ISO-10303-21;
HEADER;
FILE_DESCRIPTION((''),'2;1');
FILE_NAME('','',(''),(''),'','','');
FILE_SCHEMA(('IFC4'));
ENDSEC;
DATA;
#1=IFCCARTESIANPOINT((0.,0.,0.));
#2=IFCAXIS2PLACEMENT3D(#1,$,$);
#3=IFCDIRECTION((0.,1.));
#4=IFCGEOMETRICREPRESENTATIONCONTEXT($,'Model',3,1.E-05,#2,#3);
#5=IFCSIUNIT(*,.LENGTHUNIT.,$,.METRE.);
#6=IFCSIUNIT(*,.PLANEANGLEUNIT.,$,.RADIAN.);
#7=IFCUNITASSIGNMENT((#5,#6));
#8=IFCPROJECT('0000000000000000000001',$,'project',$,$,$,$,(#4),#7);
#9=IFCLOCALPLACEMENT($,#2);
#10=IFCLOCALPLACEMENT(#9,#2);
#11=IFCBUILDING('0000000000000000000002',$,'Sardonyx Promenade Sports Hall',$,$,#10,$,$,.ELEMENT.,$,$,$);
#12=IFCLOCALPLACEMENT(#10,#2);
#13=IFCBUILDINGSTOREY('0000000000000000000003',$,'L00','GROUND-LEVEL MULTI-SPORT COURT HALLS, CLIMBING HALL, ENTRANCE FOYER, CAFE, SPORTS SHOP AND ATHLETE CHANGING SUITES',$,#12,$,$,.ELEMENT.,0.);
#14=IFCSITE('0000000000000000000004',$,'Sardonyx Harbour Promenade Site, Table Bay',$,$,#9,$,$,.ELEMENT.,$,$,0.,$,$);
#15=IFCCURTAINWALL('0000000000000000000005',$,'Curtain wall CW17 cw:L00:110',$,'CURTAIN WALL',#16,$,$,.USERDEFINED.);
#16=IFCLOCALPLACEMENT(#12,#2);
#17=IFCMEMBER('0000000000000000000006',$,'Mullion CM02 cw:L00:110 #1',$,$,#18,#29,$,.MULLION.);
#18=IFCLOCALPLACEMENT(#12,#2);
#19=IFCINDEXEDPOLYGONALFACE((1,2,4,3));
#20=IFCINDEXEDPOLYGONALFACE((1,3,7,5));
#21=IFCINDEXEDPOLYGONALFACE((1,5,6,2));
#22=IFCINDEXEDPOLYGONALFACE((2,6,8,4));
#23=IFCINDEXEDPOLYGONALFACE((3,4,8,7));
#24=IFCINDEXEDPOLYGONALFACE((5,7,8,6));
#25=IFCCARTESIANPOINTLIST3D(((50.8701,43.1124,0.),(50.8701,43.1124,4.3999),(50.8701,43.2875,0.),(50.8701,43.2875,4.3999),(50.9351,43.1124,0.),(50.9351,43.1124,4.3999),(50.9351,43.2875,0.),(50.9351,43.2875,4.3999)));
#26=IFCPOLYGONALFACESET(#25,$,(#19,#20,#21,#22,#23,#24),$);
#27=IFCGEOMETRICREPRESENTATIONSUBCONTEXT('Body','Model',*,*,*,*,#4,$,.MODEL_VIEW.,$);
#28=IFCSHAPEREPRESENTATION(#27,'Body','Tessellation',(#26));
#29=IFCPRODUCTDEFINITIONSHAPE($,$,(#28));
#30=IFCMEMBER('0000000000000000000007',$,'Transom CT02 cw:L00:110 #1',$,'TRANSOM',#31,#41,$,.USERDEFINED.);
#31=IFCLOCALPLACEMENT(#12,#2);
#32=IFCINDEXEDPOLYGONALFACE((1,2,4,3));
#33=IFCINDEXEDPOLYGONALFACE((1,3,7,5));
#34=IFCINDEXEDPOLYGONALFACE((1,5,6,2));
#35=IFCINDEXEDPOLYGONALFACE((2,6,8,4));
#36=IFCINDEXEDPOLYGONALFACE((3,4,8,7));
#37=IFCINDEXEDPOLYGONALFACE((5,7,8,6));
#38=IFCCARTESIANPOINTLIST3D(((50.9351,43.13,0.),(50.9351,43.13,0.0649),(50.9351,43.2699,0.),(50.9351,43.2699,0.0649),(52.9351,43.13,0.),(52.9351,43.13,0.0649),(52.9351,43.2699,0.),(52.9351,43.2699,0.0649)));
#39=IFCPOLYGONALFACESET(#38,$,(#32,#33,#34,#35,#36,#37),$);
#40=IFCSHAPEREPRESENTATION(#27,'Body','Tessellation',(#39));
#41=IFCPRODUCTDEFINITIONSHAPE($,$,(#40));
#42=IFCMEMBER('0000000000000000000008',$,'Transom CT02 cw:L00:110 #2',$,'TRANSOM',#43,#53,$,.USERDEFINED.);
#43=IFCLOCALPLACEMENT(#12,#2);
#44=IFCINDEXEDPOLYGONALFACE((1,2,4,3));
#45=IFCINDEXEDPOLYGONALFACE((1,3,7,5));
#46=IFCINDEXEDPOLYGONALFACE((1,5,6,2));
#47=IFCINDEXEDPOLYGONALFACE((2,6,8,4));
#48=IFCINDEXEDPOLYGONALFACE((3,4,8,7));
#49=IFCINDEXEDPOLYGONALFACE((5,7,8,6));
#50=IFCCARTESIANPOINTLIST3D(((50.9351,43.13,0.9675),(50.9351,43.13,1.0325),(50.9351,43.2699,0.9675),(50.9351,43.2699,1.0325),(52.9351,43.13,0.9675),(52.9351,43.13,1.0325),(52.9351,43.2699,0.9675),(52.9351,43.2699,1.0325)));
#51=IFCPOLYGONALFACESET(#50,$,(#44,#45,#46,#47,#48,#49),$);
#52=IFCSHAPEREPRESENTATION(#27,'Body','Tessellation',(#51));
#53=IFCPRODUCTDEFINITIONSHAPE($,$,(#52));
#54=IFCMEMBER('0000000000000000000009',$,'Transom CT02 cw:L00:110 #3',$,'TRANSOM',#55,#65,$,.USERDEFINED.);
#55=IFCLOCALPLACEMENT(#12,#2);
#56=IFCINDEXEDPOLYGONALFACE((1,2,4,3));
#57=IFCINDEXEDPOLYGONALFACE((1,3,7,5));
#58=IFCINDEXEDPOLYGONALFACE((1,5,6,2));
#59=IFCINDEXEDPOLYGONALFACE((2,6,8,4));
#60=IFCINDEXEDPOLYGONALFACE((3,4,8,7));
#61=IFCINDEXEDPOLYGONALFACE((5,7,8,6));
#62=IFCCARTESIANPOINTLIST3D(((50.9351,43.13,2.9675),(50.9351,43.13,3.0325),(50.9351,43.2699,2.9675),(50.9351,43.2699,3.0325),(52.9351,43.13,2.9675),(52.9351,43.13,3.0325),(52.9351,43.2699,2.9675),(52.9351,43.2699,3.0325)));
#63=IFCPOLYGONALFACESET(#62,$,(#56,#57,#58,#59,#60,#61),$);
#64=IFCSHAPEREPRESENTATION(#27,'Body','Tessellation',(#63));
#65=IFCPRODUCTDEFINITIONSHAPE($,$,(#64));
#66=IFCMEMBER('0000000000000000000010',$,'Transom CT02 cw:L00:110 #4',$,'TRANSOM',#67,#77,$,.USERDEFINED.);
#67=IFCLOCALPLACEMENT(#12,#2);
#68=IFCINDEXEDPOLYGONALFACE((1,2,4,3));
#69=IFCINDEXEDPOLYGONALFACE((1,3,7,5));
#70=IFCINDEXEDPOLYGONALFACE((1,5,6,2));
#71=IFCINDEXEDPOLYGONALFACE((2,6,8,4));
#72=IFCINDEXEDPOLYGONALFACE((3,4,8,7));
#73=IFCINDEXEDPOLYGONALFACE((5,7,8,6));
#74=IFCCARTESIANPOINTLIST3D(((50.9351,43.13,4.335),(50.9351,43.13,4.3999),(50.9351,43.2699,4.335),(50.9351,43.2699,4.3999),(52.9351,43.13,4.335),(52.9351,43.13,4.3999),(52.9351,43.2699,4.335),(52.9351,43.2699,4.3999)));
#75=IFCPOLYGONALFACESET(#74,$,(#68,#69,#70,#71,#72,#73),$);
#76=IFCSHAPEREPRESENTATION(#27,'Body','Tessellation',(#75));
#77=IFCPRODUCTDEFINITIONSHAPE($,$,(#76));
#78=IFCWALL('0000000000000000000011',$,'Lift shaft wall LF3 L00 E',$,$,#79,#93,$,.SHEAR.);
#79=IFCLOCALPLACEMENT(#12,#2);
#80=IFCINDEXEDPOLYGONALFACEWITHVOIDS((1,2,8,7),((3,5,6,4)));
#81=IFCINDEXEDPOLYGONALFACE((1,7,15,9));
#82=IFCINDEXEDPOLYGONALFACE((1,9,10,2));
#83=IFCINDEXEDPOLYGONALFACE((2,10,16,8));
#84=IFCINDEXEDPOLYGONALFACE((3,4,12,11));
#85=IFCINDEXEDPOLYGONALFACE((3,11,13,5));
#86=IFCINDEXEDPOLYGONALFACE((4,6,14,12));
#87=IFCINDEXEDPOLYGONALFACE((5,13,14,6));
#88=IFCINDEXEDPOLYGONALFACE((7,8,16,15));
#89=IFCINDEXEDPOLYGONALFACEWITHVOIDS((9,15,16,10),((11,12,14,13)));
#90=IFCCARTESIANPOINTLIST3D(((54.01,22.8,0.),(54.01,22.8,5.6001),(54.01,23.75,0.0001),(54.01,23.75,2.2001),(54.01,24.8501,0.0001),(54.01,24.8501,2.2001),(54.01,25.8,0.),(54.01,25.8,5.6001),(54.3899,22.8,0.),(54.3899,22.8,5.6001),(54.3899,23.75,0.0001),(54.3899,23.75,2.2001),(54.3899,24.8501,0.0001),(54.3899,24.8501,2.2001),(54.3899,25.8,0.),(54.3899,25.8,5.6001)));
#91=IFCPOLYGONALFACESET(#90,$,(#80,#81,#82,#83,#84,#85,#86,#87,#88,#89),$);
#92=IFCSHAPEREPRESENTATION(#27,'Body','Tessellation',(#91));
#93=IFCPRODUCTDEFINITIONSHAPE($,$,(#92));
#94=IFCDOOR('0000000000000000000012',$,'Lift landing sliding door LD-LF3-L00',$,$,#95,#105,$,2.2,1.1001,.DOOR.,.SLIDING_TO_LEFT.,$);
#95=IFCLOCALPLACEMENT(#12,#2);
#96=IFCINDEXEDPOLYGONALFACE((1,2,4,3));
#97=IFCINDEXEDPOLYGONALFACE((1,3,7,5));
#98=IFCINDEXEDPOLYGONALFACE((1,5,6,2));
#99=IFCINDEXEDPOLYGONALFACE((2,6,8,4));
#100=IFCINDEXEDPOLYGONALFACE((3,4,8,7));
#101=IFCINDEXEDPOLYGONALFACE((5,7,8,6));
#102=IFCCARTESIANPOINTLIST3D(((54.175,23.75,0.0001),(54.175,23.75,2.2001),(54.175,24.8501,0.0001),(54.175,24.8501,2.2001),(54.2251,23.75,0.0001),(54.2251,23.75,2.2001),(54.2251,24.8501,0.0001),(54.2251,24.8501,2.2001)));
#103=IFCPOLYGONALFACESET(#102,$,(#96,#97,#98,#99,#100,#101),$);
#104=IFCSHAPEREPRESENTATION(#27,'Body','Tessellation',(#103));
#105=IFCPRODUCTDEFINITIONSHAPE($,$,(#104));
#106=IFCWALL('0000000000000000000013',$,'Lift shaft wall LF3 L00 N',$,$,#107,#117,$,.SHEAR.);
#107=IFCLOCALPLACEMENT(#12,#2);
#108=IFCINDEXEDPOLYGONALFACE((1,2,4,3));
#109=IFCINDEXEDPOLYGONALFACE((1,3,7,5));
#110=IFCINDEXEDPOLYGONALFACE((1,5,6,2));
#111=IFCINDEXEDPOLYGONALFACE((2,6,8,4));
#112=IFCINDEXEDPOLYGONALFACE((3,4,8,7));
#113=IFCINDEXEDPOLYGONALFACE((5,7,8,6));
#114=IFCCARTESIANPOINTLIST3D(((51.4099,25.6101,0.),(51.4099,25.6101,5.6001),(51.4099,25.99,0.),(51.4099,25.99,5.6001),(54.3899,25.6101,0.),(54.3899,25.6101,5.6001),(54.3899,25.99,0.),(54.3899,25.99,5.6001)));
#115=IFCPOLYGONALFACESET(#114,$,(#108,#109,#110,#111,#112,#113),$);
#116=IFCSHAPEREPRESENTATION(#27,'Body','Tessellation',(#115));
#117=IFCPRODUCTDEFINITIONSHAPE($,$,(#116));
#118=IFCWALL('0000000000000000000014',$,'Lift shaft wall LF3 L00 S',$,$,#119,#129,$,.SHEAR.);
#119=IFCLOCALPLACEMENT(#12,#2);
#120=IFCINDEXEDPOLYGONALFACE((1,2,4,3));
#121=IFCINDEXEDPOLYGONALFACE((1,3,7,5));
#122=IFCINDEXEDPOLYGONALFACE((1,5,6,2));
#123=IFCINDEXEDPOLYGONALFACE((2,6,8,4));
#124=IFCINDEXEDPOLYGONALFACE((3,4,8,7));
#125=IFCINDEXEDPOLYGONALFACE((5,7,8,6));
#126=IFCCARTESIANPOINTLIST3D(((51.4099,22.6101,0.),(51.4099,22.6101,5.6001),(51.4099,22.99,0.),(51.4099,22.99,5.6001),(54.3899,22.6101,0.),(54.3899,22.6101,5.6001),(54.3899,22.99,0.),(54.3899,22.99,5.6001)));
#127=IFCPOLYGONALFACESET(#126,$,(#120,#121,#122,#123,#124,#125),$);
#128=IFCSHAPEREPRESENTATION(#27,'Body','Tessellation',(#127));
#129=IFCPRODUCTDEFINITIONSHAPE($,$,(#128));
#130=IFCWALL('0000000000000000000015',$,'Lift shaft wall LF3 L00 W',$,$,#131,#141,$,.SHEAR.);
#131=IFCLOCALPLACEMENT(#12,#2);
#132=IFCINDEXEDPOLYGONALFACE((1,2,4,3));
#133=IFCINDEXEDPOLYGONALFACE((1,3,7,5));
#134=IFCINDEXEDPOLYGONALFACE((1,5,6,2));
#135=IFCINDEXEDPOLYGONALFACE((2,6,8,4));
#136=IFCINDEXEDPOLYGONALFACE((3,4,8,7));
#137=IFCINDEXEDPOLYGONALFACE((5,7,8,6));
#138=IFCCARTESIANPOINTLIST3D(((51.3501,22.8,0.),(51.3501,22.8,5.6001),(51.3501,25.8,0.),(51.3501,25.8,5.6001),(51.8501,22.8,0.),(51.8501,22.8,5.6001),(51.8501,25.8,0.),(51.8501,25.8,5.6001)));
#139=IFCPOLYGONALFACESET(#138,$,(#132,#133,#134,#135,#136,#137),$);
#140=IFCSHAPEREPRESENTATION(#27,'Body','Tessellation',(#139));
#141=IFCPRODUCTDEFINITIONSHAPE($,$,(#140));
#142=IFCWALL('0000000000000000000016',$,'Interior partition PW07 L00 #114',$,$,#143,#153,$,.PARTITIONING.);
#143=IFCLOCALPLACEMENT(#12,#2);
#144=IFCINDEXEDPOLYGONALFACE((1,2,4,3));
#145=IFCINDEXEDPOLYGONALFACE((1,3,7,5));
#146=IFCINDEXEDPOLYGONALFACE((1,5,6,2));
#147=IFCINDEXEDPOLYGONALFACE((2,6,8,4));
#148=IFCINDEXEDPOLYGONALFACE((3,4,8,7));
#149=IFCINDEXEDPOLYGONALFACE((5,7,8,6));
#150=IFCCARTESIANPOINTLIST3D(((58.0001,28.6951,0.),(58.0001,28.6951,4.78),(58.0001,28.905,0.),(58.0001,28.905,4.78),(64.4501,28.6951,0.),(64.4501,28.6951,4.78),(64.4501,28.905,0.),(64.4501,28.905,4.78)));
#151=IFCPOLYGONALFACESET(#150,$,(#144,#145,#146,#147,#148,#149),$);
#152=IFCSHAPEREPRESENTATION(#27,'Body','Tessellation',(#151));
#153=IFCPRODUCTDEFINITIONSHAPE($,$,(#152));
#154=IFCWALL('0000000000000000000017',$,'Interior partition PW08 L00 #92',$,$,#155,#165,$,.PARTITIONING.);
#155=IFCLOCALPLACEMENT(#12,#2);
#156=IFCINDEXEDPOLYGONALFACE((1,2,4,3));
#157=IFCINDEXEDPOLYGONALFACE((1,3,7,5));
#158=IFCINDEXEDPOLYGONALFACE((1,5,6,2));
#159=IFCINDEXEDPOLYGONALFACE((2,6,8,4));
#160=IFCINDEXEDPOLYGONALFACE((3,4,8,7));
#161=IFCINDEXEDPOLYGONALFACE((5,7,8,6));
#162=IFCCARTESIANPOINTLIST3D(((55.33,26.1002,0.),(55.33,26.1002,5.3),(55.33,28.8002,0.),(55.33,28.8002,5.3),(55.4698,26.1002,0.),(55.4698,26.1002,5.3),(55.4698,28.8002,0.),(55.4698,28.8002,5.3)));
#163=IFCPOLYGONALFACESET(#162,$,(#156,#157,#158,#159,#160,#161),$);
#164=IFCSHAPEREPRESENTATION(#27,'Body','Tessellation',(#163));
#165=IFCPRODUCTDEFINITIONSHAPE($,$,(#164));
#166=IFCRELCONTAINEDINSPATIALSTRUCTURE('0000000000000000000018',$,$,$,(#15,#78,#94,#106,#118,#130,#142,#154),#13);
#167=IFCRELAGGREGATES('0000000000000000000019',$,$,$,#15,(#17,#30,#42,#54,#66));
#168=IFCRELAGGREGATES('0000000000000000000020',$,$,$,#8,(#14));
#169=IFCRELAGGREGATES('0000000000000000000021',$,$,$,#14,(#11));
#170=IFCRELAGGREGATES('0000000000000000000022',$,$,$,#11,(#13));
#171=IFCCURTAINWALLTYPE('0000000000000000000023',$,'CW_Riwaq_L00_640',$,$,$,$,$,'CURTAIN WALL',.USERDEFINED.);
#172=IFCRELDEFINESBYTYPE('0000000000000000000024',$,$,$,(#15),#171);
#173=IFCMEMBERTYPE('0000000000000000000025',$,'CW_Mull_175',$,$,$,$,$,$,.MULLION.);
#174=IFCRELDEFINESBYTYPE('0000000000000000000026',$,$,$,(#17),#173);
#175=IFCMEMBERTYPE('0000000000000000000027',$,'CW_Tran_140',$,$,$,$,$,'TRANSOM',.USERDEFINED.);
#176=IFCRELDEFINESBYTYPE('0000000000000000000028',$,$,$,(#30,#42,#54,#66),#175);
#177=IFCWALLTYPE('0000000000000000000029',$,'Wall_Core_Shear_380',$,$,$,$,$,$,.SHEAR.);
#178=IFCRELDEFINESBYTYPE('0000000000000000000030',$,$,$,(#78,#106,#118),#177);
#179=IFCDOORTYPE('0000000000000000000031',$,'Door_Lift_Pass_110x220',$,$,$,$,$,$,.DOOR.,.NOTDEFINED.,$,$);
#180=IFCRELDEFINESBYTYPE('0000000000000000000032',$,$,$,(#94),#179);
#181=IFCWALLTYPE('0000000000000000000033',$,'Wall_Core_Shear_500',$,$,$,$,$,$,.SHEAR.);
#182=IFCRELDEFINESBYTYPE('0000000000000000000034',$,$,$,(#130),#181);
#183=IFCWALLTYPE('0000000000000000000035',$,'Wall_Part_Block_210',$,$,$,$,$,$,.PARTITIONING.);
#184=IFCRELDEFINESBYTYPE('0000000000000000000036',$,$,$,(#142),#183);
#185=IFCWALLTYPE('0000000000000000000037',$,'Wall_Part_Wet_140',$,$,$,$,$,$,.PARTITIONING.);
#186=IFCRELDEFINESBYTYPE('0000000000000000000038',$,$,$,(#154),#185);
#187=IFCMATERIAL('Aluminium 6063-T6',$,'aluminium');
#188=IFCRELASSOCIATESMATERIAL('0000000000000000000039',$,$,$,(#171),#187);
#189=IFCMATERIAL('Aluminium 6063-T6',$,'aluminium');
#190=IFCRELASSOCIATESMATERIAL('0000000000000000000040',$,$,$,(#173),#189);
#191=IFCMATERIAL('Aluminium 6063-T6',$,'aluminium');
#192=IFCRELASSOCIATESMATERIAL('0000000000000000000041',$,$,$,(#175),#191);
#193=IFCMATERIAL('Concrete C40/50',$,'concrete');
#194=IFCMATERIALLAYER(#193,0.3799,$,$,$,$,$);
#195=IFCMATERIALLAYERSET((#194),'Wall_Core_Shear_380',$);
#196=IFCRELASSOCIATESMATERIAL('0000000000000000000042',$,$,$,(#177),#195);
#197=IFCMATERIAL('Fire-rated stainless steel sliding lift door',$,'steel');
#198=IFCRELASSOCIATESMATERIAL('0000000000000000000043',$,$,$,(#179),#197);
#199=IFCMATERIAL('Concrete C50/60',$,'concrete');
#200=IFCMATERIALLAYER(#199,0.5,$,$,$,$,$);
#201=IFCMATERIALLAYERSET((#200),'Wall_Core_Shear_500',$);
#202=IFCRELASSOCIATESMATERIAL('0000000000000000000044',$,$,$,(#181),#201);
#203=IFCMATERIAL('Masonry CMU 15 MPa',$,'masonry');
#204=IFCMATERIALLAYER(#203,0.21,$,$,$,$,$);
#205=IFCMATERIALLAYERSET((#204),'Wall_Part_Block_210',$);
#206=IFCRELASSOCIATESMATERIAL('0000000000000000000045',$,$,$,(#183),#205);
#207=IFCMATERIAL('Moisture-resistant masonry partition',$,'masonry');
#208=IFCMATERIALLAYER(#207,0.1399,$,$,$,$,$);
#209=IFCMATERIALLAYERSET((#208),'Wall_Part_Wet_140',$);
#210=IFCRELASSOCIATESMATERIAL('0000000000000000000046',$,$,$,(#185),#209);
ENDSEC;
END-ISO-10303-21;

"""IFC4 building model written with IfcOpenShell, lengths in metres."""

from ifc_helpers import new_model, si_unit, direction, frame, frame_2d, origin, origin_2d, place, context, subcontext, project, spatial, rectangle, extrude, material, layer, layer_set, material_profile, profile_set, type_object, element, fill, aggregate, save


model = new_model("IFC4")

# Units and contexts
model_context = context("Model", 3, precision=1e-05, world=origin(), true_north=direction((0.0, 1.0)))
body_context = subcontext(model_context, "Body", "Model", "MODEL_VIEW")
ifc_project = project(units=[si_unit("LENGTHUNIT", "METRE"), si_unit("PLANEANGLEUNIT", "RADIAN")], contexts=[model_context])

# Site, building, storey
site_placement = place(None, origin())
site = spatial("IfcSite", under=ifc_project, at=site_placement, Name="Sardonyx Harbour Promenade Site, Table Bay", CompositionType="ELEMENT", RefElevation=0.0)
building_placement = place(site_placement, origin())
building = spatial("IfcBuilding", under=site, at=building_placement, Name="Sardonyx Promenade Sports Hall", CompositionType="ELEMENT")
storey_placement = place(building_placement, origin())
storey = spatial("IfcBuildingStorey", under=building, at=storey_placement, Name="L00", Description="GROUND-LEVEL MULTI-SPORT COURT HALLS, CLIMBING HALL, ENTRANCE FOYER, CAFE, SPORTS SHOP AND ATHLETE CHANGING SUITES", CompositionType="ELEMENT", Elevation=0.0)

# Curtain wall, members
ifc_material_1 = material(Name="Aluminium 6063-T6", Category="aluminium")
curtain_wall_type = type_object("IfcCurtainWallType", Name="CW_Riwaq_L00_640", ElementType="CURTAIN WALL", PredefinedType="USERDEFINED", material=ifc_material_1)
curtain_wall_placement = place(storey_placement, origin())
curtain_wall = element("IfcCurtainWall", 1, at=curtain_wall_placement, inside=storey, type_object=curtain_wall_type, Name="Curtain wall CW17 cw:L00:110", ObjectType="CURTAIN WALL", PredefinedType="USERDEFINED")
ifc_material_2 = material(Name="Aluminium 6063-T6", Category="aluminium")
ifc_material_profile_1 = material_profile(ifc_material_2, rectangle(XDim=0.0649, YDim=0.175, at=origin_2d()))
ifc_profile_set_1 = profile_set([ifc_material_profile_1], Name="Aluminium 6063-T6")
member_type_1 = type_object("IfcMemberType", Name="CW_Mull_175", PredefinedType="MULLION", material=ifc_profile_set_1)
member_1_placement = place(storey_placement, frame((50.9026, 43.2, 0.0), z_axis=(0.0, 0.0, 1.0), x_axis=(1.0, 0.0, 0.0)))
member_1 = element("IfcMember", 2, at=member_1_placement, type_object=member_type_1, Name="Mullion CM02 cw:L00:110 #1", PredefinedType="MULLION", context=body_context, shape_type="SweptSolid", body=[
    extrude(rectangle(XDim=0.0649, YDim=0.175, at=origin_2d()), origin(), (0.0, 0.0, 1.0), 4.3999),
])
ifc_material_3 = material(Name="Aluminium 6063-T6", Category="aluminium")
ifc_material_profile_2 = material_profile(ifc_material_3, rectangle(XDim=0.0649, YDim=0.1399, at=origin_2d()))
ifc_profile_set_2 = profile_set([ifc_material_profile_2], Name="Aluminium 6063-T6")
member_type_2 = type_object("IfcMemberType", Name="CW_Tran_140", ElementType="TRANSOM", PredefinedType="USERDEFINED", material=ifc_profile_set_2)
member_2_placement = place(storey_placement, frame((50.9351, 43.2, 0.0325), z_axis=(1.0, 0.0, 0.0), x_axis=(0.0, 0.0, 1.0)))
member_2 = element("IfcMember", 3, at=member_2_placement, type_object=member_type_2, Name="Transom CT02 cw:L00:110 #1", ObjectType="TRANSOM", PredefinedType="USERDEFINED", context=body_context, shape_type="SweptSolid", body=[
    extrude(rectangle(XDim=0.0649, YDim=0.1399, at=origin_2d()), origin(), (0.0, 0.0, 1.0), 2.0),
])
member_3_placement = place(storey_placement, frame((50.9351, 43.2, 1.0), z_axis=(1.0, 0.0, 0.0), x_axis=(0.0, 0.0, 1.0)))
member_3 = element("IfcMember", 4, at=member_3_placement, type_object=member_type_2, Name="Transom CT02 cw:L00:110 #2", ObjectType="TRANSOM", PredefinedType="USERDEFINED", context=body_context, shape_type="SweptSolid", body=[
    extrude(rectangle(XDim=0.0649, YDim=0.1399, at=origin_2d()), origin(), (0.0, 0.0, 1.0), 2.0),
])
member_4_placement = place(storey_placement, frame((50.9351, 43.2, 3.0), z_axis=(1.0, 0.0, 0.0), x_axis=(0.0, 0.0, 1.0)))
member_4 = element("IfcMember", 5, at=member_4_placement, type_object=member_type_2, Name="Transom CT02 cw:L00:110 #3", ObjectType="TRANSOM", PredefinedType="USERDEFINED", context=body_context, shape_type="SweptSolid", body=[
    extrude(rectangle(XDim=0.0649, YDim=0.1399, at=origin_2d()), origin(), (0.0, 0.0, 1.0), 2.0),
])
member_5_placement = place(storey_placement, frame((50.9351, 43.2, 4.3674), z_axis=(1.0, 0.0, 0.0), x_axis=(0.0, 0.0, 1.0)))
member_5 = element("IfcMember", 6, at=member_5_placement, type_object=member_type_2, Name="Transom CT02 cw:L00:110 #4", ObjectType="TRANSOM", PredefinedType="USERDEFINED", context=body_context, shape_type="SweptSolid", body=[
    extrude(rectangle(XDim=0.0649, YDim=0.1399, at=origin_2d()), origin(), (0.0, 0.0, 1.0), 2.0),
])
aggregate(curtain_wall, [member_1, member_2, member_3, member_4, member_5])

# Wall, opening, door
ifc_material_4 = material(Name="Concrete C40/50", Category="concrete")
ifc_layer_1 = layer(ifc_material_4, 0.3799)
ifc_layer_set_1 = layer_set([ifc_layer_1], Name="Wall_Core_Shear_380")
wall_type_1 = type_object("IfcWallType", Name="Wall_Core_Shear_380", PredefinedType="SHEAR", material=ifc_layer_set_1)
wall_1_placement = place(storey_placement, frame((54.2, 22.8, 0.0), z_axis=(0.0, 0.0, 1.0), x_axis=(0.0, 1.0, 0.0)))
wall_1 = element("IfcWall", 7, at=wall_1_placement, inside=storey, type_object=wall_type_1, Name="Lift shaft wall LF3 L00 E", PredefinedType="SHEAR", context=body_context, shape_type="SweptSolid", body=[
    extrude(rectangle(XDim=3.0, YDim=0.3799, at=frame_2d((1.5, 0.0))), origin(), (0.0, 0.0, 1.0), 5.6001),
])
opening_1_placement = place(wall_1_placement, frame((0.95, 0.0, 0.0)))
opening_1 = element("IfcOpeningElement", 8, at=opening_1_placement, cuts=wall_1, PredefinedType="OPENING", context=body_context, shape_type="SweptSolid", body=[
    extrude(rectangle(XDim=1.1001, YDim=2.2, at=frame_2d((0.55, 1.1001))), frame((0.0, 0.2, 0.0), z_axis=(0.0, -1.0, 0.0), x_axis=(1.0, 0.0, 0.0)), (0.0, 0.0, 1.0), 0.4),
])
ifc_material_5 = material(Name="Fire-rated stainless steel sliding lift door", Category="steel")
door_type_1 = type_object("IfcDoorType", Name="Door_Lift_Pass_110x220", OperationType="NOTDEFINED", PredefinedType="DOOR", material=ifc_material_5)
door_1_placement = place(opening_1_placement, origin())
door_1 = element("IfcDoor", 9, at=door_1_placement, inside=storey, type_object=door_type_1, Name="Lift landing sliding door LD-LF3-L00", OperationType="SLIDING_TO_LEFT", OverallHeight=2.2, OverallWidth=1.1001, PredefinedType="DOOR", context=body_context, shape_type="SweptSolid", body=[
    extrude(rectangle(XDim=1.1001, YDim=2.2, at=frame_2d((0.55, 1.1001))), frame((0.0, 0.0249, 0.0), z_axis=(0.0, -1.0, 0.0), x_axis=(1.0, 0.0, 0.0)), (0.0, 0.0, 1.0), 0.05),
])
fill(opening_1, door_1)

# Walls
for number, where, z_axis, x_axis, name in (
    (10, (51.4099, 25.8, 0.0), (0.0, 0.0, 1.0), (1.0, 0.0, 0.0), "Lift shaft wall LF3 L00 N"),
    (11, (54.3899, 22.8, 0.0), (0.0, 0.0, 1.0), (-1.0, 0.0, 0.0), "Lift shaft wall LF3 L00 S"),
):
    element("IfcWall", number, at=place(storey_placement, frame(where, z_axis=z_axis, x_axis=x_axis)), inside=storey, type_object=wall_type_1, Name=name, PredefinedType="SHEAR", context=body_context, shape_type="SweptSolid", body=[
        extrude(rectangle(XDim=2.98, YDim=0.3799, at=frame_2d((1.49, 0.0))), origin(), (0.0, 0.0, 1.0), 5.6001),
    ])
ifc_material_6 = material(Name="Concrete C50/60", Category="concrete")
ifc_layer_2 = layer(ifc_material_6, 0.5)
ifc_layer_set_2 = layer_set([ifc_layer_2], Name="Wall_Core_Shear_500")
wall_type_2 = type_object("IfcWallType", Name="Wall_Core_Shear_500", PredefinedType="SHEAR", material=ifc_layer_set_2)
wall_2_placement = place(storey_placement, frame((51.6001, 25.8, 0.0), z_axis=(0.0, 0.0, 1.0), x_axis=(0.0, -1.0, 0.0)))
element("IfcWall", 12, at=wall_2_placement, inside=storey, type_object=wall_type_2, Name="Lift shaft wall LF3 L00 W", PredefinedType="SHEAR", context=body_context, shape_type="SweptSolid", body=[
    extrude(rectangle(XDim=3.0, YDim=0.5, at=frame_2d((1.5, 0.0))), origin(), (0.0, 0.0, 1.0), 5.6001),
])
ifc_material_7 = material(Name="Masonry CMU 15 MPa", Category="masonry")
ifc_layer_3 = layer(ifc_material_7, 0.21)
ifc_layer_set_3 = layer_set([ifc_layer_3], Name="Wall_Part_Block_210")
wall_type_3 = type_object("IfcWallType", Name="Wall_Part_Block_210", PredefinedType="PARTITIONING", material=ifc_layer_set_3)
wall_3_placement = place(storey_placement, frame((58.0, 28.8, 0.0), z_axis=(0.0, 0.0, 1.0), x_axis=(1.0, 0.0, 0.0)))
element("IfcWall", 13, at=wall_3_placement, inside=storey, type_object=wall_type_3, Name="Interior partition PW07 L00 #114", PredefinedType="PARTITIONING", context=body_context, shape_type="SweptSolid", body=[
    extrude(rectangle(XDim=6.45, YDim=0.21, at=frame_2d((3.2251, 0.0))), origin(), (0.0, 0.0, 1.0), 4.78),
])
ifc_material_8 = material(Name="Moisture-resistant masonry partition", Category="masonry")
ifc_layer_4 = layer(ifc_material_8, 0.1399)
ifc_layer_set_4 = layer_set([ifc_layer_4], Name="Wall_Part_Wet_140")
wall_type_4 = type_object("IfcWallType", Name="Wall_Part_Wet_140", PredefinedType="PARTITIONING", material=ifc_layer_set_4)
wall_4_placement = place(storey_placement, frame((55.3999, 26.1001, 0.0), z_axis=(0.0, 0.0, 1.0), x_axis=(0.0, 1.0, 0.0)))
element("IfcWall", 14, at=wall_4_placement, inside=storey, type_object=wall_type_4, Name="Interior partition PW08 L00 #92", PredefinedType="PARTITIONING", context=body_context, shape_type="SweptSolid", body=[
    extrude(rectangle(XDim=2.7, YDim=0.1399, at=frame_2d((1.3501, 0.0))), origin(), (0.0, 0.0, 1.0), 5.3),
])

save(model, "model.ifc")
